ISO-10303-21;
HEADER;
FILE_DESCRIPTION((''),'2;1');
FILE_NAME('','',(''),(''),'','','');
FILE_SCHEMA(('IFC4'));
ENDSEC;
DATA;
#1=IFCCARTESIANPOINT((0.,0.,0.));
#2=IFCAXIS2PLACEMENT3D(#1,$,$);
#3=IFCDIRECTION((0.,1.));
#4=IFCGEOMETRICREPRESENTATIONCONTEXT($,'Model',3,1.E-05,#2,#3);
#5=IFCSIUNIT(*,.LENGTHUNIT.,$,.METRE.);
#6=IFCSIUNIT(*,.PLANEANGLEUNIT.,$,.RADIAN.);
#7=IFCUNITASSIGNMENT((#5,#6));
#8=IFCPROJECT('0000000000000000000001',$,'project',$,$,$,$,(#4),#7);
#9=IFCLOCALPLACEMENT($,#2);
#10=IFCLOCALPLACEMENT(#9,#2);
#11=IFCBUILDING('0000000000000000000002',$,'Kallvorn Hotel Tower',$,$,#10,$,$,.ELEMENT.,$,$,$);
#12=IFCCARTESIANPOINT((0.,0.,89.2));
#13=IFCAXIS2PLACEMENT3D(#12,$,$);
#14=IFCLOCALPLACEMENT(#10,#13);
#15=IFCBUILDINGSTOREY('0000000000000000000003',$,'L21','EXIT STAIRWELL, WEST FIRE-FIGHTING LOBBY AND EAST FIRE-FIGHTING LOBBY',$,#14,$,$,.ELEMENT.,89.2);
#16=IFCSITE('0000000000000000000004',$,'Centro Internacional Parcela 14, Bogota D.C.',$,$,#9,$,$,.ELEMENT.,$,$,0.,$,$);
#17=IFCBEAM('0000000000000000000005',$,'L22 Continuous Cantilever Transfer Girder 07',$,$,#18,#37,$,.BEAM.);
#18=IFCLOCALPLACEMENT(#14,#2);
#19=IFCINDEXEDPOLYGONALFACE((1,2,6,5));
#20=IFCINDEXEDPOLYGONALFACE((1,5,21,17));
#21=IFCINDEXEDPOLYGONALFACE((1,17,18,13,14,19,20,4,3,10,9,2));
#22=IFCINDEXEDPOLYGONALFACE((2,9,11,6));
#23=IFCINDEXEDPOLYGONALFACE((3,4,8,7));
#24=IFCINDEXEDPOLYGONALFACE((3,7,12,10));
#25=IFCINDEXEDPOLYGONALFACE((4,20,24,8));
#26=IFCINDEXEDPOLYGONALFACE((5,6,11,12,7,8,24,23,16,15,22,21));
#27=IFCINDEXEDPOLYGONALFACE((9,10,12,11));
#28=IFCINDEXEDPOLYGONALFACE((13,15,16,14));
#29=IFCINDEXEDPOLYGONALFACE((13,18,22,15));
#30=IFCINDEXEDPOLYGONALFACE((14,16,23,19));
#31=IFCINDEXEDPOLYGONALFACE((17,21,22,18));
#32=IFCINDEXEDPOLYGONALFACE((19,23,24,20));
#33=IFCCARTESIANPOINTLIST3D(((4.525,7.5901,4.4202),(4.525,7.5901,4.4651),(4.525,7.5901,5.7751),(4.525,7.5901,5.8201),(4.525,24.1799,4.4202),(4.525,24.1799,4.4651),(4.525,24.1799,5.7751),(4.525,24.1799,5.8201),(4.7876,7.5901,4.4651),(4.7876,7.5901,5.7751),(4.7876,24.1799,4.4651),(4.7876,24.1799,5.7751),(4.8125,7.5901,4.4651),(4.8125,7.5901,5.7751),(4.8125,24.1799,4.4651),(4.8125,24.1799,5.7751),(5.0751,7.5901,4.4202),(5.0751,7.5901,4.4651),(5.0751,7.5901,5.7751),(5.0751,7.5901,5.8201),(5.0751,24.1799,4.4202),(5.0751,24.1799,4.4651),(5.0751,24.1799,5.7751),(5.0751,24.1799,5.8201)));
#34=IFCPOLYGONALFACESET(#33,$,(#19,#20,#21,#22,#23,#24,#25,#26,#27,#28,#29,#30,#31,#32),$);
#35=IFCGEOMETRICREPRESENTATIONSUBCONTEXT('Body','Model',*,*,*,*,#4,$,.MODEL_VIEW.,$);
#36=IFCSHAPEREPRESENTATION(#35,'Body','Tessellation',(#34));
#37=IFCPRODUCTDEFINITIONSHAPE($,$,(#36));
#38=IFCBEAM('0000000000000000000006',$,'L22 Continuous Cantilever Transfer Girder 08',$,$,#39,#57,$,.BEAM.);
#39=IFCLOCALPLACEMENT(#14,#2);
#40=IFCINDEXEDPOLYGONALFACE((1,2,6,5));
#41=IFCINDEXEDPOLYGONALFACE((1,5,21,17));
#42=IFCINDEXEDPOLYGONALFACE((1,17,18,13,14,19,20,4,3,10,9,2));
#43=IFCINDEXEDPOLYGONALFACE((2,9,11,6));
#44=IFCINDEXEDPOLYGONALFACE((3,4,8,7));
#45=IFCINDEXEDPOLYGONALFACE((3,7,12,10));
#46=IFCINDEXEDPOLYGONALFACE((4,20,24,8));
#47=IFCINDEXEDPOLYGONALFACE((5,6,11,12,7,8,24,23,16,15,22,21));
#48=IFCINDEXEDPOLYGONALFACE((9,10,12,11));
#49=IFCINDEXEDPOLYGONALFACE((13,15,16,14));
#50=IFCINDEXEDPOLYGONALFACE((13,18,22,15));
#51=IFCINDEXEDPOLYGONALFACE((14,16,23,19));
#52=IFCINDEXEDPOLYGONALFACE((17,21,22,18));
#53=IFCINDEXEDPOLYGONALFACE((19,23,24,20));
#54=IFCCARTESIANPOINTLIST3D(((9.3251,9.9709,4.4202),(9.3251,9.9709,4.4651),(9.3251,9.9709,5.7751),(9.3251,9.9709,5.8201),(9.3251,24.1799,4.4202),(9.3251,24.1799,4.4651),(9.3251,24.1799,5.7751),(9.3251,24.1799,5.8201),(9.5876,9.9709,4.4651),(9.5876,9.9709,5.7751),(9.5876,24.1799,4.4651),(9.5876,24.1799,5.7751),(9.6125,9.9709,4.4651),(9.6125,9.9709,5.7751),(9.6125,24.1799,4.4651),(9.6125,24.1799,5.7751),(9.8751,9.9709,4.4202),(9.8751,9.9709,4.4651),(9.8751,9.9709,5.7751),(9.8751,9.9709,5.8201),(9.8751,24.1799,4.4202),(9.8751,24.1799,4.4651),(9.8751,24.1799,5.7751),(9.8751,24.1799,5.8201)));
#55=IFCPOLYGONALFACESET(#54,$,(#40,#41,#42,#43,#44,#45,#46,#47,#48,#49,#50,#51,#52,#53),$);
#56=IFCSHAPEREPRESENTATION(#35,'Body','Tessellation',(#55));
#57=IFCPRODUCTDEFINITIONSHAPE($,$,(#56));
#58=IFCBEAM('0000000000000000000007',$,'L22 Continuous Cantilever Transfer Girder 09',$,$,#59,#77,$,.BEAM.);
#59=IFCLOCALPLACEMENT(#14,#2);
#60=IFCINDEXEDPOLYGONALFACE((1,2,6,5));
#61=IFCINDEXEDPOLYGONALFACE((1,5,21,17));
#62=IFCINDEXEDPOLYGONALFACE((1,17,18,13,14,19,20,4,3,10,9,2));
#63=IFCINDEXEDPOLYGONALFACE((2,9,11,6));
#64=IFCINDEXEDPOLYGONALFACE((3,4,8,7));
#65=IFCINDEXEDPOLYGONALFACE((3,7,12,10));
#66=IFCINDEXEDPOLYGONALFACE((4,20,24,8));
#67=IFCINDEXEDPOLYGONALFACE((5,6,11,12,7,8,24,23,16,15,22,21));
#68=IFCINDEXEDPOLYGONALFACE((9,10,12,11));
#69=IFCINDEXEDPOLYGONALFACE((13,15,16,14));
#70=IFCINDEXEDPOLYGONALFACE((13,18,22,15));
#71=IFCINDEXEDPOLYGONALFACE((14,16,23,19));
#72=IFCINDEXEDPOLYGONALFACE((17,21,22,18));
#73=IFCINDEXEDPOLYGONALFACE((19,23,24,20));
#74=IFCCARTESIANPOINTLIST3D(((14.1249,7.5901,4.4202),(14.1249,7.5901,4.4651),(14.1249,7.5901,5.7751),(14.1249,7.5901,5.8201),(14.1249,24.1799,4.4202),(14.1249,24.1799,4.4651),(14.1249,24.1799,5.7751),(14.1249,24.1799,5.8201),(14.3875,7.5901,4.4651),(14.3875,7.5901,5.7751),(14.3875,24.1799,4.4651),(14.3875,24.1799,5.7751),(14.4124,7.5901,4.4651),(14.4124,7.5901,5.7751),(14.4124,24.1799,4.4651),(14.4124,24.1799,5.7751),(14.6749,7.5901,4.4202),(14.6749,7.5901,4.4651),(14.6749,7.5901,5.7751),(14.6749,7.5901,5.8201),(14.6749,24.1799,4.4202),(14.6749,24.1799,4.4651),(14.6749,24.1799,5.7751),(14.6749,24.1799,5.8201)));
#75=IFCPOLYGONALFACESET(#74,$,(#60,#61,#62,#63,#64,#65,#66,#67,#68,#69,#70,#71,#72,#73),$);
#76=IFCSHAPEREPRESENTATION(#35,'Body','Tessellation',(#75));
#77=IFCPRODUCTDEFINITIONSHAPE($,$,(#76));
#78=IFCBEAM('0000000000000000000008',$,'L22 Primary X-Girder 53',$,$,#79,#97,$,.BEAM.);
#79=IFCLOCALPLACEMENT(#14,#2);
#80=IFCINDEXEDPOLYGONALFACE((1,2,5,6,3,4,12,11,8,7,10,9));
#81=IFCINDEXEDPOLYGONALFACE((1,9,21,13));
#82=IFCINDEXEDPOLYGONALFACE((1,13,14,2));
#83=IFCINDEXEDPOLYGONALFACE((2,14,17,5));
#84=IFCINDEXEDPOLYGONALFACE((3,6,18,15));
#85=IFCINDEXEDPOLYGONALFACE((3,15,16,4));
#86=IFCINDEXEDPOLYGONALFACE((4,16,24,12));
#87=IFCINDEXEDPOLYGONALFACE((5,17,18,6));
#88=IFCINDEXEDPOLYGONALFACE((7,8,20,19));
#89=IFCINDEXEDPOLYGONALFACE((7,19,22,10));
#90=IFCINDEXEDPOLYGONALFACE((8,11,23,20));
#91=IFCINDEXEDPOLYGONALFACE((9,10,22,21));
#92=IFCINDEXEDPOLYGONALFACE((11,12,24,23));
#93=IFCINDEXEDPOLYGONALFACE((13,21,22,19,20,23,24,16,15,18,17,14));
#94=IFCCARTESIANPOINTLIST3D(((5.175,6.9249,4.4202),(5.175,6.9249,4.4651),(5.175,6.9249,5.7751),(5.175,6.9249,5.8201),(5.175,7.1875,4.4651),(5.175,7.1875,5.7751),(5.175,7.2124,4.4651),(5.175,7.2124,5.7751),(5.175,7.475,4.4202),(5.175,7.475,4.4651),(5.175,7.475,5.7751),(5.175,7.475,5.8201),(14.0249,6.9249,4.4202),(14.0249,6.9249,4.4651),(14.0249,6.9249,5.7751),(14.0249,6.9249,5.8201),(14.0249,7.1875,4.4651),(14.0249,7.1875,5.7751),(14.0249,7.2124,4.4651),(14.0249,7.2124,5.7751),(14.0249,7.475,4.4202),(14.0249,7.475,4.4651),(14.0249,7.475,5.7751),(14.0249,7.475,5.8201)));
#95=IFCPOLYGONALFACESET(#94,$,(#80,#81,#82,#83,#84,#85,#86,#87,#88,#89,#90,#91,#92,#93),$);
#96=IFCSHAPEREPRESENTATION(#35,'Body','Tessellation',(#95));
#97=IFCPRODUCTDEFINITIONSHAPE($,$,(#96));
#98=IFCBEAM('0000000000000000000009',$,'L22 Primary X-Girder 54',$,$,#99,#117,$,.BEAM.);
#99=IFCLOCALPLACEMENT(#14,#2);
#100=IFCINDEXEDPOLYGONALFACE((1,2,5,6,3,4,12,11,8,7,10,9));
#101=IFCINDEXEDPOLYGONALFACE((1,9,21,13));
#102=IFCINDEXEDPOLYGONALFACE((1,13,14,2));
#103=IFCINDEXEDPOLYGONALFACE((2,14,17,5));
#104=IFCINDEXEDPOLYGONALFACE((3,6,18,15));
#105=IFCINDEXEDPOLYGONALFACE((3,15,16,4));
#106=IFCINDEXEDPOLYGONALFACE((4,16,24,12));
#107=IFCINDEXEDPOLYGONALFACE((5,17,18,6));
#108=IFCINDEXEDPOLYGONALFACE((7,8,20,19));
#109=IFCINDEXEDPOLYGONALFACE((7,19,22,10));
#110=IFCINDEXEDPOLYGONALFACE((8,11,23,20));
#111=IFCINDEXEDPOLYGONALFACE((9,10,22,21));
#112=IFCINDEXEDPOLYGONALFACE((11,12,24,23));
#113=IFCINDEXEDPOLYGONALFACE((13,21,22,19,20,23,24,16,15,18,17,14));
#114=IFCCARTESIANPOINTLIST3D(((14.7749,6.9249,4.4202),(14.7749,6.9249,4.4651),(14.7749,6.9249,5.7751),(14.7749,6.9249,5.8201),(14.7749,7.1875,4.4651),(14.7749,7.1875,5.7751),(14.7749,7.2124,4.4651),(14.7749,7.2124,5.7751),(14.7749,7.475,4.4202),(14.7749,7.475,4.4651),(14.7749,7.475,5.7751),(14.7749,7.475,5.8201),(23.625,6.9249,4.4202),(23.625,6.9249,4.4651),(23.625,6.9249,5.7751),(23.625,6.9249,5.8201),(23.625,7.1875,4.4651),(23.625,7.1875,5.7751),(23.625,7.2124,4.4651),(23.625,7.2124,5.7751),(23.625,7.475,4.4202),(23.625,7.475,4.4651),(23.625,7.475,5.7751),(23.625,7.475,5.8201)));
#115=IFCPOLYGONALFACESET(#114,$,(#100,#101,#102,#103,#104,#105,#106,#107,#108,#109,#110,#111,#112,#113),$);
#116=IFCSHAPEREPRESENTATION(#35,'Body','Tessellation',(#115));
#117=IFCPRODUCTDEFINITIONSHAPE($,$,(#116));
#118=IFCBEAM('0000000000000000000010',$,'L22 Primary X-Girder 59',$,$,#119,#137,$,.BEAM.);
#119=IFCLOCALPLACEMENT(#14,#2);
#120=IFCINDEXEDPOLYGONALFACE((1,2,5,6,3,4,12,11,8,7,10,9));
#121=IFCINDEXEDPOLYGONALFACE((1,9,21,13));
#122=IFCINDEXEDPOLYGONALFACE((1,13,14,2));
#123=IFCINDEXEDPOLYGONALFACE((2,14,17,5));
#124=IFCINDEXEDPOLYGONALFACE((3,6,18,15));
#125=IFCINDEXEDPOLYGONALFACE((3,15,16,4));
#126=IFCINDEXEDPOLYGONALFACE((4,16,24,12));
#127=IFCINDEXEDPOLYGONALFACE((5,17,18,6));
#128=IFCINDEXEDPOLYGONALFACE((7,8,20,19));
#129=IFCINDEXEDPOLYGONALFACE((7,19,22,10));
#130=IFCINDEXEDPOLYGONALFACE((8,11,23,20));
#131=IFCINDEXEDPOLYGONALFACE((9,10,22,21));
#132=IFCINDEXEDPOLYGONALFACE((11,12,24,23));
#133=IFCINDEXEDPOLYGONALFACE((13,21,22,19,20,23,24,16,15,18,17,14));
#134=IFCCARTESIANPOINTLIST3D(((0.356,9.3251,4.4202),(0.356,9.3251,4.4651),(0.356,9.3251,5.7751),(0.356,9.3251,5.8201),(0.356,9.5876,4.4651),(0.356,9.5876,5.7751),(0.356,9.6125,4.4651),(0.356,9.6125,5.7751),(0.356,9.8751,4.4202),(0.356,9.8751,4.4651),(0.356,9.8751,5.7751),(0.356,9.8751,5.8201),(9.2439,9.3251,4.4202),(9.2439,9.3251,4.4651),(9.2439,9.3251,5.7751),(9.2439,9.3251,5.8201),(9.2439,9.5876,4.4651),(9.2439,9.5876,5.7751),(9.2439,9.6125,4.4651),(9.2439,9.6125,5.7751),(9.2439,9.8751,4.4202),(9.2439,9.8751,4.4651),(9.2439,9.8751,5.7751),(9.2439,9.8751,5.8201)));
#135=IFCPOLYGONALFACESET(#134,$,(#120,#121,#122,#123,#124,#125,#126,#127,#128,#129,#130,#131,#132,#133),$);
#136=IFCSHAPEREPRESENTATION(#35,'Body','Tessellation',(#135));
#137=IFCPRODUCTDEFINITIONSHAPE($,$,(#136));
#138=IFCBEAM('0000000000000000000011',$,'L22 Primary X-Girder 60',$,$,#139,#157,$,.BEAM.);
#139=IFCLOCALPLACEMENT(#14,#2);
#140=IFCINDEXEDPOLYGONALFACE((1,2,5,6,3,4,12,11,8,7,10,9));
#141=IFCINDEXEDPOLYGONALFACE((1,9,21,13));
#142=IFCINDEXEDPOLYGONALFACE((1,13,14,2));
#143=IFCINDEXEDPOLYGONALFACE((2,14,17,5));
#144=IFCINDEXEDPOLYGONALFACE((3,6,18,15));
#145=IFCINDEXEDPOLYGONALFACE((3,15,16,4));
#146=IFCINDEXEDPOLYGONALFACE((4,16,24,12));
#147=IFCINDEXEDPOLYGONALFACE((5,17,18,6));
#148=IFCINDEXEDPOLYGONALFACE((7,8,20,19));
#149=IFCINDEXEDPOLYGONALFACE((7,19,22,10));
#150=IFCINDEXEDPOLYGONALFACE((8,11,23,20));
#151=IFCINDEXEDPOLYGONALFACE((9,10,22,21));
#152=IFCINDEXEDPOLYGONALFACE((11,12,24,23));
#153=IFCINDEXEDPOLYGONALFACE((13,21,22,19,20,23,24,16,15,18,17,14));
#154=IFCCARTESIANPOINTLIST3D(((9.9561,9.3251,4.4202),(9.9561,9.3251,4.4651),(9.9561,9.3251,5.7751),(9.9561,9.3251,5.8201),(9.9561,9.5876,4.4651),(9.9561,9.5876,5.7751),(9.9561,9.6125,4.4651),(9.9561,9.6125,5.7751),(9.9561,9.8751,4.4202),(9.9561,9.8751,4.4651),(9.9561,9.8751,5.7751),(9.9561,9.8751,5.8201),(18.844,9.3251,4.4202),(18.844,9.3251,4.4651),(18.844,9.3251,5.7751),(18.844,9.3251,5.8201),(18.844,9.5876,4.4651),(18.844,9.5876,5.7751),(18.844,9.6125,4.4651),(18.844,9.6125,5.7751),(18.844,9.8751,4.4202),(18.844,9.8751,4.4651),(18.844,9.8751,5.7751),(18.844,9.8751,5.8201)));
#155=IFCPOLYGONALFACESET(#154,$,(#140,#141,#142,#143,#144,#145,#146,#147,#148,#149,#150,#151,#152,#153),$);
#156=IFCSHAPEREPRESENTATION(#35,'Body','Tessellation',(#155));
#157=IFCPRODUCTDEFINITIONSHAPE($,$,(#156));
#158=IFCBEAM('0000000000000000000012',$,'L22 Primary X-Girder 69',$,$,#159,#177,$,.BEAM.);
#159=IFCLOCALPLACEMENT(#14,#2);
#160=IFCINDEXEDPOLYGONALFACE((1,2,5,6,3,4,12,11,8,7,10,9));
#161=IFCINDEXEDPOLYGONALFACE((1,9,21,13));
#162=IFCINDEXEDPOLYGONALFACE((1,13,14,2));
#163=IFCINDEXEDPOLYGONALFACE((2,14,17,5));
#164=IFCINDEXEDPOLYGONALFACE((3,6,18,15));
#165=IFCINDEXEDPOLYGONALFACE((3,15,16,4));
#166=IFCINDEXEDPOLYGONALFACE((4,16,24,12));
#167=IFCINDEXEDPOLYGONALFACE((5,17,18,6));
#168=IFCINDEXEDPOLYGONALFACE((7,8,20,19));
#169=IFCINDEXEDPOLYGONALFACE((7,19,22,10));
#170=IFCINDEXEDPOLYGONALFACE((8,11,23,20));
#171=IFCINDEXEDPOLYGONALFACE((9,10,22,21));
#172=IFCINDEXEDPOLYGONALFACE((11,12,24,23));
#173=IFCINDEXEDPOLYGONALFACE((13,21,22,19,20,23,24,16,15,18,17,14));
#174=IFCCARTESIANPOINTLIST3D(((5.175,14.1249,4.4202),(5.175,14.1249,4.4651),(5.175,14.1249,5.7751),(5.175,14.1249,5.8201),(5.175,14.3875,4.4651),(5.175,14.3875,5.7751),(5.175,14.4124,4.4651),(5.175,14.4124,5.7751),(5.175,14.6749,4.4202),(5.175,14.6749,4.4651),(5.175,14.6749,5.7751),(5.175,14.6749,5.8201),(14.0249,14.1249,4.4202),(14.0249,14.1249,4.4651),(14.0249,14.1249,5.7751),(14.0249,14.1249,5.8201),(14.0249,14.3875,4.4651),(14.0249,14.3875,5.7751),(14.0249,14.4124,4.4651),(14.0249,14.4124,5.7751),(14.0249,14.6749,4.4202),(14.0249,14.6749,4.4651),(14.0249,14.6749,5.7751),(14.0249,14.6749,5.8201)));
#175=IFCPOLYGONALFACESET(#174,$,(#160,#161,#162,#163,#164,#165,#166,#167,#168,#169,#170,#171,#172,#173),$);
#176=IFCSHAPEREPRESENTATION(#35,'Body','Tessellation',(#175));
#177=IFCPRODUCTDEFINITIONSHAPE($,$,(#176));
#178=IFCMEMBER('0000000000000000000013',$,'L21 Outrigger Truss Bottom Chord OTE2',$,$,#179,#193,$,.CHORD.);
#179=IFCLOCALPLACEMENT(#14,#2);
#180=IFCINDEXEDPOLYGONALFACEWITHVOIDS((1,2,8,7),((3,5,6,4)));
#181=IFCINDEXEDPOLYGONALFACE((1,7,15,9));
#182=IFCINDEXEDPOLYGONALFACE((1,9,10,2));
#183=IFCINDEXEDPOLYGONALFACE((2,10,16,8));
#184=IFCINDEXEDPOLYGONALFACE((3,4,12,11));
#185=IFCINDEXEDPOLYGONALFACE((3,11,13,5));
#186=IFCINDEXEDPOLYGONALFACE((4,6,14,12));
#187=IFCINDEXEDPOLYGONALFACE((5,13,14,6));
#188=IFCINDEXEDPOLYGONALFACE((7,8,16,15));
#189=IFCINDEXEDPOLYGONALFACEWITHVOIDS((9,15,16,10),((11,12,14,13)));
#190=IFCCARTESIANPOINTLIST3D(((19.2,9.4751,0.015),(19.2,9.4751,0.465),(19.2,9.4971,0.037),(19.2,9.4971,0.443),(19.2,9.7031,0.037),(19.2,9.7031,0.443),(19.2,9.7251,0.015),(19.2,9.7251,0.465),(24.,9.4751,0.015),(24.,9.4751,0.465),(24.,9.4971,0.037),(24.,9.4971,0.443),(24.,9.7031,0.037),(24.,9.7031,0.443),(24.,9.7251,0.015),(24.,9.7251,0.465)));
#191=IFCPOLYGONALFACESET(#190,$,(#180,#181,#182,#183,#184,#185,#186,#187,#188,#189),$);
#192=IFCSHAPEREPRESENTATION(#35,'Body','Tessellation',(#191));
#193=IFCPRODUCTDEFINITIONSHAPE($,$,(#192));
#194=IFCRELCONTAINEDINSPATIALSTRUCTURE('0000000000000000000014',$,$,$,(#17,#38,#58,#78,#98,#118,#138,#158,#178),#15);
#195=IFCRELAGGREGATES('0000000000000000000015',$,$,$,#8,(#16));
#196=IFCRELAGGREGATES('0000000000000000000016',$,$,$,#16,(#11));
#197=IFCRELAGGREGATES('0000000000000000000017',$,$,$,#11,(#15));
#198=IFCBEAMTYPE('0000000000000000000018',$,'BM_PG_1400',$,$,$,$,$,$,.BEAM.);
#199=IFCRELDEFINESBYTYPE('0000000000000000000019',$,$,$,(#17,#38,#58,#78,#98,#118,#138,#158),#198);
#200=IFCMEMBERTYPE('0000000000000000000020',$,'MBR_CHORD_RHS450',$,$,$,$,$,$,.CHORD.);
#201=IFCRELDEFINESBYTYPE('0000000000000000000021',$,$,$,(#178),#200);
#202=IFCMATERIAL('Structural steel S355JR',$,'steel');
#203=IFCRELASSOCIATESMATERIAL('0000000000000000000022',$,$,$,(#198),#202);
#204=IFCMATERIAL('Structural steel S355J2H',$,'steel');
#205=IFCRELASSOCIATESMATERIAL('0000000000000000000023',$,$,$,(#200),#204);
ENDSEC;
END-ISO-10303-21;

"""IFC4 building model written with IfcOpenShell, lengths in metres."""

from ifc_helpers import new_model, si_unit, direction, frame, origin, origin_2d, place, context, subcontext, project, spatial, hollow_rectangle, i_section, extrude, material, material_profile, profile_set, type_object, element, save


model = new_model("IFC4")

# Units and contexts
model_context = context("Model", 3, precision=1e-05, world=origin(), true_north=direction((0.0, 1.0)))
body_context = subcontext(model_context, "Body", "Model", "MODEL_VIEW")
ifc_project = project(units=[si_unit("LENGTHUNIT", "METRE"), si_unit("PLANEANGLEUNIT", "RADIAN")], contexts=[model_context])

# Site, building, storey
site_placement = place(None, origin())
site = spatial("IfcSite", under=ifc_project, at=site_placement, Name="Centro Internacional Parcela 14, Bogota D.C.", CompositionType="ELEMENT", RefElevation=0.0)
building_placement = place(site_placement, origin())
building = spatial("IfcBuilding", under=site, at=building_placement, Name="Kallvorn Hotel Tower", CompositionType="ELEMENT")
storey_placement = place(building_placement, frame((0.0, 0.0, 89.2)))
storey = spatial("IfcBuildingStorey", under=building, at=storey_placement, Name="L21", Description="EXIT STAIRWELL, WEST FIRE-FIGHTING LOBBY AND EAST FIRE-FIGHTING LOBBY", CompositionType="ELEMENT", Elevation=89.2)

# Beams
ifc_material_1 = material(Name="Structural steel S355JR", Category="steel")
ifc_material_profile_1 = material_profile(ifc_material_1, i_section(OverallWidth=0.55, OverallDepth=1.3999, WebThickness=0.0249, FlangeThickness=0.0449, at=origin_2d()), Name="PG 1400x550x25x45")
ifc_profile_set_1 = profile_set([ifc_material_profile_1], Name="Structural steel S355JR")
beam_type_1 = type_object("IfcBeamType", Name="BM_PG_1400", PredefinedType="BEAM", material=ifc_profile_set_1)
beam_1_placement = place(storey_placement, frame((4.8, 7.5901, 5.1201), z_axis=(0.0, 1.0, 0.0), x_axis=(-1.0, 0.0, 0.0)))
element("IfcBeam", 1, at=beam_1_placement, inside=storey, type_object=beam_type_1, Name="L22 Continuous Cantilever Transfer Girder 07", PredefinedType="BEAM", context=body_context, shape_type="SweptSolid", body=[
    extrude(i_section(OverallWidth=0.55, OverallDepth=1.3999, WebThickness=0.0249, FlangeThickness=0.0449, at=origin_2d()), origin(), (0.0, 0.0, 1.0), 16.5898),
])
beam_2_placement = place(storey_placement, frame((9.6001, 9.9709, 5.1201), z_axis=(0.0, 1.0, 0.0), x_axis=(-1.0, 0.0, 0.0)))
element("IfcBeam", 2, at=beam_2_placement, inside=storey, type_object=beam_type_1, Name="L22 Continuous Cantilever Transfer Girder 08", PredefinedType="BEAM", context=body_context, shape_type="SweptSolid", body=[
    extrude(i_section(OverallWidth=0.55, OverallDepth=1.3999, WebThickness=0.0249, FlangeThickness=0.0449, at=origin_2d()), origin(), (0.0, 0.0, 1.0), 14.209),
])
beam_3_placement = place(storey_placement, frame((14.3999, 7.5901, 5.1201), z_axis=(0.0, 1.0, 0.0), x_axis=(-1.0, 0.0, 0.0)))
element("IfcBeam", 3, at=beam_3_placement, inside=storey, type_object=beam_type_1, Name="L22 Continuous Cantilever Transfer Girder 09", PredefinedType="BEAM", context=body_context, shape_type="SweptSolid", body=[
    extrude(i_section(OverallWidth=0.55, OverallDepth=1.3999, WebThickness=0.0249, FlangeThickness=0.0449, at=origin_2d()), origin(), (0.0, 0.0, 1.0), 16.5898),
])
beam_4_placement = place(storey_placement, frame((5.175, 7.2, 5.1201), z_axis=(1.0, 0.0, 0.0), x_axis=(0.0, 1.0, 0.0)))
element("IfcBeam", 4, at=beam_4_placement, inside=storey, type_object=beam_type_1, Name="L22 Primary X-Girder 53", PredefinedType="BEAM", context=body_context, shape_type="SweptSolid", body=[
    extrude(i_section(OverallWidth=0.55, OverallDepth=1.3999, WebThickness=0.0249, FlangeThickness=0.0449, at=origin_2d()), origin(), (0.0, 0.0, 1.0), 8.8499),
])
beam_5_placement = place(storey_placement, frame((14.7749, 7.2, 5.1201), z_axis=(1.0, 0.0, 0.0), x_axis=(0.0, 1.0, 0.0)))
element("IfcBeam", 5, at=beam_5_placement, inside=storey, type_object=beam_type_1, Name="L22 Primary X-Girder 54", PredefinedType="BEAM", context=body_context, shape_type="SweptSolid", body=[
    extrude(i_section(OverallWidth=0.55, OverallDepth=1.3999, WebThickness=0.0249, FlangeThickness=0.0449, at=origin_2d()), origin(), (0.0, 0.0, 1.0), 8.8501),
])
for number, where, z_axis, x_axis, name in (
    (6, (0.356, 9.6001, 5.1201), (1.0, 0.0, 0.0), (0.0, 1.0, 0.0), "L22 Primary X-Girder 59"),
    (7, (9.9561, 9.6001, 5.1201), (1.0, 0.0, 0.0), (0.0, 1.0, 0.0), "L22 Primary X-Girder 60"),
):
    element("IfcBeam", number, at=place(storey_placement, frame(where, z_axis=z_axis, x_axis=x_axis)), inside=storey, type_object=beam_type_1, Name=name, PredefinedType="BEAM", context=body_context, shape_type="SweptSolid", body=[
        extrude(i_section(OverallWidth=0.55, OverallDepth=1.3999, WebThickness=0.0249, FlangeThickness=0.0449, at=origin_2d()), origin(), (0.0, 0.0, 1.0), 8.8879),
    ])
beam_6_placement = place(storey_placement, frame((5.175, 14.3999, 5.1201), z_axis=(1.0, 0.0, 0.0), x_axis=(0.0, 1.0, 0.0)))
element("IfcBeam", 8, at=beam_6_placement, inside=storey, type_object=beam_type_1, Name="L22 Primary X-Girder 69", PredefinedType="BEAM", context=body_context, shape_type="SweptSolid", body=[
    extrude(i_section(OverallWidth=0.55, OverallDepth=1.3999, WebThickness=0.0249, FlangeThickness=0.0449, at=origin_2d()), origin(), (0.0, 0.0, 1.0), 8.8499),
])

# Member
ifc_material_2 = material(Name="Structural steel S355J2H", Category="steel")
ifc_material_profile_2 = material_profile(ifc_material_2, hollow_rectangle(XDim=0.25, YDim=0.45, WallThickness=0.022, at=origin_2d()), Name="RHS 450x250x22")
ifc_profile_set_2 = profile_set([ifc_material_profile_2], Name="Structural steel S355J2H")
member_type_1 = type_object("IfcMemberType", Name="MBR_CHORD_RHS450", PredefinedType="CHORD", material=ifc_profile_set_2)
member_1_placement = place(storey_placement, frame((19.2, 9.6001, 0.24), z_axis=(1.0, 0.0, 0.0), x_axis=(0.0, 1.0, 0.0)))
element("IfcMember", 9, at=member_1_placement, inside=storey, type_object=member_type_1, Name="L21 Outrigger Truss Bottom Chord OTE2", PredefinedType="CHORD", context=body_context, shape_type="SweptSolid", body=[
    extrude(hollow_rectangle(XDim=0.25, YDim=0.45, WallThickness=0.022, at=origin_2d()), origin(), (0.0, 0.0, 1.0), 4.8),
])

save(model, "model.ifc")
